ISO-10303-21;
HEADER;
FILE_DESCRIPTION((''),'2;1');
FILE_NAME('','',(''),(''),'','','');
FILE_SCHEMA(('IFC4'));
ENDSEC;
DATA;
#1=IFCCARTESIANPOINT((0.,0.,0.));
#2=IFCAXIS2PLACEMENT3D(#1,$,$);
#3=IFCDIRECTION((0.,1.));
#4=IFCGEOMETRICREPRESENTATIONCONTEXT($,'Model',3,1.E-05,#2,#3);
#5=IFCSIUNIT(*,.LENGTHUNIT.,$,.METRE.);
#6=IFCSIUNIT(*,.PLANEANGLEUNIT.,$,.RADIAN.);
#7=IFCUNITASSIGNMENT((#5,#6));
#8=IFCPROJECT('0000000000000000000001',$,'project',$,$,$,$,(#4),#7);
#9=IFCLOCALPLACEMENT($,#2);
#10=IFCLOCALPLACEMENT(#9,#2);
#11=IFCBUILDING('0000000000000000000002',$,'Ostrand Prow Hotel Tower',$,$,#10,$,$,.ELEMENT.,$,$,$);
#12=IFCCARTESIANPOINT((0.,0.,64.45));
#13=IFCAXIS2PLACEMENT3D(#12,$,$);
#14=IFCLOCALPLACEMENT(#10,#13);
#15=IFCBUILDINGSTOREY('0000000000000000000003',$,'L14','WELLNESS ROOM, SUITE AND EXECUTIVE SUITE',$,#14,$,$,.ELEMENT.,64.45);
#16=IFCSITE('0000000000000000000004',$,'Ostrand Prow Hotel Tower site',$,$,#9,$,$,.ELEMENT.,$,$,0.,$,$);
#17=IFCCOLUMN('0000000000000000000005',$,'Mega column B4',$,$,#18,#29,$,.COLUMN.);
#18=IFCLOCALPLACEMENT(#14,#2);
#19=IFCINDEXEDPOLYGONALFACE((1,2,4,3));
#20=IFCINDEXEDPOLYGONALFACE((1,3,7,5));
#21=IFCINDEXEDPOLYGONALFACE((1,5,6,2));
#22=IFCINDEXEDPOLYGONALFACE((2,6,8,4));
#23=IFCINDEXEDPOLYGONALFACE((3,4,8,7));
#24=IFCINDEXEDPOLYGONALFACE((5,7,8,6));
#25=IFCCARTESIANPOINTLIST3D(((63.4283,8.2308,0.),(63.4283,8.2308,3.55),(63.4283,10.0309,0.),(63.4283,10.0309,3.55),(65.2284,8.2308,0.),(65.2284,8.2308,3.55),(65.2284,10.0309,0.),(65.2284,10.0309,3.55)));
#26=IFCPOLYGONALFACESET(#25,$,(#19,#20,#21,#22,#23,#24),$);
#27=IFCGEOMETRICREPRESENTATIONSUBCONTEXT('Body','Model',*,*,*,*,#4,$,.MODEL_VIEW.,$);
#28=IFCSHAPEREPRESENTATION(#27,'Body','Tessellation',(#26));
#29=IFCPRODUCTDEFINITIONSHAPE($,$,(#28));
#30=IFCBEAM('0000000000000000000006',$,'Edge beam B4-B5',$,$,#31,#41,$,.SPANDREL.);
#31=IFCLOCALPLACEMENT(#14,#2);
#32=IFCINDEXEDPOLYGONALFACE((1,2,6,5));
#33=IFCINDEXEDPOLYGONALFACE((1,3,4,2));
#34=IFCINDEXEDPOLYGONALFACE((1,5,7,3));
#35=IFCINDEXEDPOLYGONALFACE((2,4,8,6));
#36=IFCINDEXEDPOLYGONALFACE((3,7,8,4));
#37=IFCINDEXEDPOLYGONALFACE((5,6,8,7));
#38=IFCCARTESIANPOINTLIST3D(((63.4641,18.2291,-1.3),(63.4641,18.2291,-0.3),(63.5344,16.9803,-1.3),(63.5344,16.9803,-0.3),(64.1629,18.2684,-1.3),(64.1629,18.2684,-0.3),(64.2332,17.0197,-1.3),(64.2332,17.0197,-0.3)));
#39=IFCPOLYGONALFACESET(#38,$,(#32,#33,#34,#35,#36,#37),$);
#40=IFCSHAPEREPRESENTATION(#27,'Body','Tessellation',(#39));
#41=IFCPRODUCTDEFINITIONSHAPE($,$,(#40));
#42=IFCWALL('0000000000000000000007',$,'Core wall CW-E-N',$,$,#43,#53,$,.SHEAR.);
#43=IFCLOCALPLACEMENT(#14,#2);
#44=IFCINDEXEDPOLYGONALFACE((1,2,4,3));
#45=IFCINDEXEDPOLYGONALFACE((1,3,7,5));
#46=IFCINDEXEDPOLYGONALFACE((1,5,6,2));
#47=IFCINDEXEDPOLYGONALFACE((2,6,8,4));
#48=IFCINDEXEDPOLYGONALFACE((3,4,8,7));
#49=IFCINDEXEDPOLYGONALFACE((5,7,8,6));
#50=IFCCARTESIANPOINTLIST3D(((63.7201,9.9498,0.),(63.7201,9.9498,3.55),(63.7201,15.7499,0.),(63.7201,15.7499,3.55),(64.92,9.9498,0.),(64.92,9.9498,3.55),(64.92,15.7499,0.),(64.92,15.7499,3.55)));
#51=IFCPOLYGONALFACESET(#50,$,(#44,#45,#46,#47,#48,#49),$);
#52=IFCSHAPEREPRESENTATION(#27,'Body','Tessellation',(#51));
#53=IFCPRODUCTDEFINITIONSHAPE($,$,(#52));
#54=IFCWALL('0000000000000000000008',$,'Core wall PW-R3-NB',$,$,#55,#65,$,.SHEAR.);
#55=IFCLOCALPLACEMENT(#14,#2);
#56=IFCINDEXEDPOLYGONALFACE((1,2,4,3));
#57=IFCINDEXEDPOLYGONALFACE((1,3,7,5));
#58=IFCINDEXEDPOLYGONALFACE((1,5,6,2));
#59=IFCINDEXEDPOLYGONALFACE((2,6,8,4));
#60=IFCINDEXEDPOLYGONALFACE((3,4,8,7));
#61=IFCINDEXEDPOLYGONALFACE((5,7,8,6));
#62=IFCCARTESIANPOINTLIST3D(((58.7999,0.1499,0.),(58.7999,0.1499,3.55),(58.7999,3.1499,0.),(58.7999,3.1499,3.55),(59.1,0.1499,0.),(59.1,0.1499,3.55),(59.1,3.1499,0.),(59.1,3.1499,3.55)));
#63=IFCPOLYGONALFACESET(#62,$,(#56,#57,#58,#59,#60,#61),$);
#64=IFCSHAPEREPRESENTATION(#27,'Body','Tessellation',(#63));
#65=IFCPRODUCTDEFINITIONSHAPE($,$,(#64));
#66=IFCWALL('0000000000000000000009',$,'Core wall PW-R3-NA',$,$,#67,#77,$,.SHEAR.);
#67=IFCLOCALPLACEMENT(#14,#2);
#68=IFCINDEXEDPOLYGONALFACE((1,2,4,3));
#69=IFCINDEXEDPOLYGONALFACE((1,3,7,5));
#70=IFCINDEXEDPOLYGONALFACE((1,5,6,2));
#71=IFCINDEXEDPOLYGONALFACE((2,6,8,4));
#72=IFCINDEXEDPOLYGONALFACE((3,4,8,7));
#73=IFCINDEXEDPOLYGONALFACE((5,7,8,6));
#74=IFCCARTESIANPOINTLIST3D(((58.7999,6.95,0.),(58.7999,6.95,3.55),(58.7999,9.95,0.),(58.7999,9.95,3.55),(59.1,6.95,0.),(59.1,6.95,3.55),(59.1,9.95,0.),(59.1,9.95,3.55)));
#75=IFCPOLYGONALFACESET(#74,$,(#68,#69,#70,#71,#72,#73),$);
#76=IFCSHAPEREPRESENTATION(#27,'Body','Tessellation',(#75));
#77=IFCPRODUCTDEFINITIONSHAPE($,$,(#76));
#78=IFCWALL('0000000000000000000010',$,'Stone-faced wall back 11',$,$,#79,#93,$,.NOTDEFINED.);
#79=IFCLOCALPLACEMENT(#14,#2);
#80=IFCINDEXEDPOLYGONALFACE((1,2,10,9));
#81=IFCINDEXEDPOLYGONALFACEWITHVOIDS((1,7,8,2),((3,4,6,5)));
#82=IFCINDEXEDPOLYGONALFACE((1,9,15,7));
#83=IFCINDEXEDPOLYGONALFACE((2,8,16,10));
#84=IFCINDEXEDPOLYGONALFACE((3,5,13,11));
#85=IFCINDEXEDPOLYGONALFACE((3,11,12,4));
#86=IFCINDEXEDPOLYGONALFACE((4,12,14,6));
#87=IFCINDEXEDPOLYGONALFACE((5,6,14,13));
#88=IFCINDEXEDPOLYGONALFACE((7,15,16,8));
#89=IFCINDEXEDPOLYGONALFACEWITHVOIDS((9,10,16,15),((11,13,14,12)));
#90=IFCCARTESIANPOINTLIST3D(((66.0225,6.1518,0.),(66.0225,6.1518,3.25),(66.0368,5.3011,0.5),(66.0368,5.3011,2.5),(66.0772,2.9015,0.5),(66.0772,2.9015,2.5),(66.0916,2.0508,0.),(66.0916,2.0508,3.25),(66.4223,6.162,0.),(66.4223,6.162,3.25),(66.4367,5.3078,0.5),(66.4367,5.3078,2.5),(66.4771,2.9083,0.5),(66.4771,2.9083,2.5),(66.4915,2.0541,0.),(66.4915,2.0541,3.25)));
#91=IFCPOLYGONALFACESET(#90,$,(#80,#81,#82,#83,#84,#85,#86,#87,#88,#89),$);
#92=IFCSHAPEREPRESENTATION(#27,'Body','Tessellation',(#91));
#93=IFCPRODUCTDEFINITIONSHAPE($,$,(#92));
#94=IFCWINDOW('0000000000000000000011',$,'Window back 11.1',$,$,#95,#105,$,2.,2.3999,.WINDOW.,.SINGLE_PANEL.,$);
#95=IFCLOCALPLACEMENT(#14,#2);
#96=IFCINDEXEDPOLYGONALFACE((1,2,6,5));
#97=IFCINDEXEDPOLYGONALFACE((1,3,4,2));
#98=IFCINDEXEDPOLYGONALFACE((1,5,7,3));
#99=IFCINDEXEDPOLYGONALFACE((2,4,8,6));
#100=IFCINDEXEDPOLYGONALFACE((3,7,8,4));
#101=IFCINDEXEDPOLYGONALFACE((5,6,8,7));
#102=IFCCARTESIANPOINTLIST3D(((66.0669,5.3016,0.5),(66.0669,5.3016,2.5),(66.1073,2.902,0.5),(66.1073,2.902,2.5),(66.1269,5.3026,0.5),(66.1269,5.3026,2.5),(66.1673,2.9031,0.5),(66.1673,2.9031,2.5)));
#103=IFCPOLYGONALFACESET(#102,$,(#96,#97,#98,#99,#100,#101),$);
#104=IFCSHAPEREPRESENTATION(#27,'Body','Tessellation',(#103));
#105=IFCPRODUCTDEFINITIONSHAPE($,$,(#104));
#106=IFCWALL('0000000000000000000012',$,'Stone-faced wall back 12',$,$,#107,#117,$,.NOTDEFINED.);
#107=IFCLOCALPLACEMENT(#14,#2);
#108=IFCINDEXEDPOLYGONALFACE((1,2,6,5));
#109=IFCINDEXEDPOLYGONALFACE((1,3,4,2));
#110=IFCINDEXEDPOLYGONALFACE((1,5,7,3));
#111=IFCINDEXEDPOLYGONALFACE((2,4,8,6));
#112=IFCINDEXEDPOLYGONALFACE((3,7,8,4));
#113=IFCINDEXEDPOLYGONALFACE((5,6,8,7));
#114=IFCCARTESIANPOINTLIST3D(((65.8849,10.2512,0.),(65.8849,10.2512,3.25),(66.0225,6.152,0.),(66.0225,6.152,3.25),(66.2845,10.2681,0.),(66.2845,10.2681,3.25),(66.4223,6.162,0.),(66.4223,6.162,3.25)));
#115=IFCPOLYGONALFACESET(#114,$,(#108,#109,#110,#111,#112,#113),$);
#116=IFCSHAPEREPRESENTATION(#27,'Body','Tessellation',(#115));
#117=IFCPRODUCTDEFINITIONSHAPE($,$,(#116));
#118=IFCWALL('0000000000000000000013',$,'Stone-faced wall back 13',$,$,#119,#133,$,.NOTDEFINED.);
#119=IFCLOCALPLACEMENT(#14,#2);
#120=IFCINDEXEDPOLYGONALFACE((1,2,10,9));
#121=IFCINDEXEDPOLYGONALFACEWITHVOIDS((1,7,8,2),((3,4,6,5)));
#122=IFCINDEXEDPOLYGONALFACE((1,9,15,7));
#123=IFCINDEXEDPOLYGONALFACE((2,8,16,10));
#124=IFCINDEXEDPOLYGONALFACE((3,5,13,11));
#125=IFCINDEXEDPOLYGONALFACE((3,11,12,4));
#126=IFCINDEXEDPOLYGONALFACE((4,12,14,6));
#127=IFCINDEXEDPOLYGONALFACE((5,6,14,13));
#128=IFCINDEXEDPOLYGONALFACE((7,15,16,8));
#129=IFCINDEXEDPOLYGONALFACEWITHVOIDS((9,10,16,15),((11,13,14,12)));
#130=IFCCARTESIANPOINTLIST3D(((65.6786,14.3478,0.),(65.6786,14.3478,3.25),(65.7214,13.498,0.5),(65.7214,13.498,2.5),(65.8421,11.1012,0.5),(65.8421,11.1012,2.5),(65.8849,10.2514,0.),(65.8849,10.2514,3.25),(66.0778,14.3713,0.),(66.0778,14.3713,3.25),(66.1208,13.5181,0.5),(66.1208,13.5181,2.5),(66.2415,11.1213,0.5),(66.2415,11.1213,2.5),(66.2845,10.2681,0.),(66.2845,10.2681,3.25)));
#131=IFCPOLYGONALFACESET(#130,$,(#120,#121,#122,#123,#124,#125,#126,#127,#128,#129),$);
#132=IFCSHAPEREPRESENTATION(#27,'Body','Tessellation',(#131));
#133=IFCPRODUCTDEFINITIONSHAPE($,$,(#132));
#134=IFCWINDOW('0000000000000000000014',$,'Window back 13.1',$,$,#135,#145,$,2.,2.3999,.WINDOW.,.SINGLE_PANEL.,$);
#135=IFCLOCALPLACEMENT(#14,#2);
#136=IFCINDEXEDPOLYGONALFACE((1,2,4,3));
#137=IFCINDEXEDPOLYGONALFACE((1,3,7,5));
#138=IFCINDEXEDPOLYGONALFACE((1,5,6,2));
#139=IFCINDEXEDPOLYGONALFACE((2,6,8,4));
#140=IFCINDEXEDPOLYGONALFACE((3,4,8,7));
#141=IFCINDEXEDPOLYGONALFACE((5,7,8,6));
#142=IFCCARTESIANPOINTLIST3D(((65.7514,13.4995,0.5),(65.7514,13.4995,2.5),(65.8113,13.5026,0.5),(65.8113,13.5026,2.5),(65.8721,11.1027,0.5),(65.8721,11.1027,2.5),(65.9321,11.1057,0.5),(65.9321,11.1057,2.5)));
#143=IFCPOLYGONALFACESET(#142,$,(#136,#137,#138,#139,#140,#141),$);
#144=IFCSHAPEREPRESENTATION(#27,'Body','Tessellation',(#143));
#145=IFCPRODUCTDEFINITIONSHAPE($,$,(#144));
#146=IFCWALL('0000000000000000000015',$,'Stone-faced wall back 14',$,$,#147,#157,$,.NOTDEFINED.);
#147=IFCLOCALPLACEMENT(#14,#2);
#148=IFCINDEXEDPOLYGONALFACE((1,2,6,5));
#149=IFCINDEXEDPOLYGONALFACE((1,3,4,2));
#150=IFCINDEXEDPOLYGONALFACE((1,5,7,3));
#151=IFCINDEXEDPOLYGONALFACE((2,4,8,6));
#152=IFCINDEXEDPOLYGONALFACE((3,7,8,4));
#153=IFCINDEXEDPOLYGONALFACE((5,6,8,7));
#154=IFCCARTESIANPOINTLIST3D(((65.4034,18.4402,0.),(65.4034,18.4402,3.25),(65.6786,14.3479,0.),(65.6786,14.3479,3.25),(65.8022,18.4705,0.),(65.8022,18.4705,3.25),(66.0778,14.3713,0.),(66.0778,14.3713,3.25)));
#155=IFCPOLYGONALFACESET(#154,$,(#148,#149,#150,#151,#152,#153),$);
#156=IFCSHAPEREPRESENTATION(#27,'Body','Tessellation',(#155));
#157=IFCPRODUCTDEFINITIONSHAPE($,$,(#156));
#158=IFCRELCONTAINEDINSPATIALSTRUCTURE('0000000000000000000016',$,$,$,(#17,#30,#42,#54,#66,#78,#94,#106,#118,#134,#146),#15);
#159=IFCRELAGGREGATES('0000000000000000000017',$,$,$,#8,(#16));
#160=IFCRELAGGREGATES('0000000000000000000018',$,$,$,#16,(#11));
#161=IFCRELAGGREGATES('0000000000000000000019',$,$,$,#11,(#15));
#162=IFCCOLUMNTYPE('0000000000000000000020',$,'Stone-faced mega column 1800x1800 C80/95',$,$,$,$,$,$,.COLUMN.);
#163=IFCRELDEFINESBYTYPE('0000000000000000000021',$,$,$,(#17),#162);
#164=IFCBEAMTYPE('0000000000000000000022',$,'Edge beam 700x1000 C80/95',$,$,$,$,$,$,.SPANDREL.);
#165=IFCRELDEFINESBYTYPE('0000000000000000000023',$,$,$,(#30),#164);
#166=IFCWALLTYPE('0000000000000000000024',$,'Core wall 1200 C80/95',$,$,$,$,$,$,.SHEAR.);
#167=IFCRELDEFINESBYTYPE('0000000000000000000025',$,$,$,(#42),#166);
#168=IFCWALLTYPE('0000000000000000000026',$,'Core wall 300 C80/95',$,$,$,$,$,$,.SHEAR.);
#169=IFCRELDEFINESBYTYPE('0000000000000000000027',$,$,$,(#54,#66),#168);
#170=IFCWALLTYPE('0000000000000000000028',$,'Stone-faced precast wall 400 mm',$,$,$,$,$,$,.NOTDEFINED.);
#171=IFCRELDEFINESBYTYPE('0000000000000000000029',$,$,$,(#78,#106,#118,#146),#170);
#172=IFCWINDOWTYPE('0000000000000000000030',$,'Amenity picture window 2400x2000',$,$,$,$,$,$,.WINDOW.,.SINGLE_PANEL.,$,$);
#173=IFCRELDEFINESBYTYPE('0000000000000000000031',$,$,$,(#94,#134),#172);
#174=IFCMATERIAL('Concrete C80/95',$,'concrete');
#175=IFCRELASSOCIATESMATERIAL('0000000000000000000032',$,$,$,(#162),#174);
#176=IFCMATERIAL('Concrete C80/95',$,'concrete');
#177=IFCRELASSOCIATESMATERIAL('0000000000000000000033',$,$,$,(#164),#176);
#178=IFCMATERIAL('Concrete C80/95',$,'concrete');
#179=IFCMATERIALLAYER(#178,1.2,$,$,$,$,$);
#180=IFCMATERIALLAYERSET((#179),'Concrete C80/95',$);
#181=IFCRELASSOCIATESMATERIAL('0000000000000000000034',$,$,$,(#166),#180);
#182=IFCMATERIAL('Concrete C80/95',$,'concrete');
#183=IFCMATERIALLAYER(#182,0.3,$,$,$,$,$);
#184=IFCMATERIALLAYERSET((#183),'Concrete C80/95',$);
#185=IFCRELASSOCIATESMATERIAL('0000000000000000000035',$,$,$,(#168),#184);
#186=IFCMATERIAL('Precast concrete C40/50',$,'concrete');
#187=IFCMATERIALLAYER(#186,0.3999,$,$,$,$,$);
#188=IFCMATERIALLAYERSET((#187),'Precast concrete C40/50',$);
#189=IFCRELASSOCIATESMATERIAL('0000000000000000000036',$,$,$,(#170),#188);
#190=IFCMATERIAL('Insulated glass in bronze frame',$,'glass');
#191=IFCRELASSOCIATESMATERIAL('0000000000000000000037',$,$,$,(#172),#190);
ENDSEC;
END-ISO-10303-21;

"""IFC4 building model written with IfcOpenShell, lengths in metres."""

from ifc_helpers import new_model, si_unit, direction, frame, frame_2d, origin, origin_2d, place, context, subcontext, project, spatial, polyline, rectangle, outline, extrude, material, layer, layer_set, material_profile, profile_set, type_object, element, fill, save


model = new_model("IFC4")

# Units and contexts
model_context = context("Model", 3, precision=1e-05, world=origin(), true_north=direction((0.0, 1.0)))
body_context = subcontext(model_context, "Body", "Model", "MODEL_VIEW")
ifc_project = project(units=[si_unit("LENGTHUNIT", "METRE"), si_unit("PLANEANGLEUNIT", "RADIAN")], contexts=[model_context])

# Site, building, storey
site_placement = place(None, origin())
site = spatial("IfcSite", under=ifc_project, at=site_placement, Name="Ostrand Prow Hotel Tower site", CompositionType="ELEMENT", RefElevation=0.0)
building_placement = place(site_placement, origin())
building = spatial("IfcBuilding", under=site, at=building_placement, Name="Ostrand Prow Hotel Tower", CompositionType="ELEMENT")
storey_placement = place(building_placement, frame((0.0, 0.0, 64.45)))
storey = spatial("IfcBuildingStorey", under=building, at=storey_placement, Name="L14", Description="WELLNESS ROOM, SUITE AND EXECUTIVE SUITE", CompositionType="ELEMENT", Elevation=64.45)

# Column
ifc_material_1 = material(Name="Concrete C80/95", Category="concrete")
ifc_material_profile_1 = material_profile(ifc_material_1, rectangle(XDim=1.8, YDim=1.8, at=origin_2d()), Name="RC 1800x1800")
ifc_profile_set_1 = profile_set([ifc_material_profile_1], Name="Concrete C80/95")
column_type = type_object("IfcColumnType", Name="Stone-faced mega column 1800x1800 C80/95", PredefinedType="COLUMN", material=ifc_profile_set_1)
column_placement = place(storey_placement, frame((64.3284, 9.1309, 0.0), z_axis=(0.0, 0.0, 1.0), x_axis=(1.0, 0.0, 0.0)))
element("IfcColumn", 1, at=column_placement, inside=storey, type_object=column_type, Name="Mega column B4", PredefinedType="COLUMN", context=body_context, shape_type="SweptSolid", body=[
    extrude(rectangle(XDim=1.8, YDim=1.8, at=origin_2d()), origin(), (0.0, 0.0, 1.0), 3.55),
])

# Beam
ifc_material_2 = material(Name="Concrete C80/95", Category="concrete")
ifc_material_profile_2 = material_profile(ifc_material_2, rectangle(XDim=0.7, YDim=1.0, at=origin_2d()), Name="RC 700x1000")
ifc_profile_set_2 = profile_set([ifc_material_profile_2], Name="Concrete C80/95")
beam_type = type_object("IfcBeamType", Name="Edge beam 700x1000 C80/95", PredefinedType="SPANDREL", material=ifc_profile_set_2)
beam_placement = place(storey_placement, frame((63.8838, 17.0, -0.8), z_axis=(-0.056216, 0.998419, 0.0), x_axis=(-0.998419, -0.056216, 0.0)))
element("IfcBeam", 2, at=beam_placement, inside=storey, type_object=beam_type, Name="Edge beam B4-B5", PredefinedType="SPANDREL", context=body_context, shape_type="SweptSolid", body=[
    extrude(rectangle(XDim=0.7, YDim=1.0, at=origin_2d()), origin(), (0.0, 0.0, 1.0), 1.2507),
])

# Walls
ifc_material_3 = material(Name="Concrete C80/95", Category="concrete")
ifc_layer_1 = layer(ifc_material_3, 1.2)
ifc_layer_set_1 = layer_set([ifc_layer_1], Name="Concrete C80/95")
wall_type_1 = type_object("IfcWallType", Name="Core wall 1200 C80/95", PredefinedType="SHEAR", material=ifc_layer_set_1)
wall_1_placement = place(storey_placement, frame((64.3201, 9.95, 0.0), z_axis=(0.0, 0.0, 1.0), x_axis=(0.0, 1.0, 0.0)))
element("IfcWall", 3, at=wall_1_placement, inside=storey, type_object=wall_type_1, Name="Core wall CW-E-N", PredefinedType="SHEAR", context=body_context, shape_type="SweptSolid", body=[
    extrude(rectangle(XDim=5.8, YDim=1.2, at=frame_2d((2.8999, 0.0))), origin(), (0.0, 0.0, 1.0), 3.55),
])
ifc_material_4 = material(Name="Concrete C80/95", Category="concrete")
ifc_layer_2 = layer(ifc_material_4, 0.3)
ifc_layer_set_2 = layer_set([ifc_layer_2], Name="Concrete C80/95")
wall_type_2 = type_object("IfcWallType", Name="Core wall 300 C80/95", PredefinedType="SHEAR", material=ifc_layer_set_2)
for number, where, z_axis, x_axis, name in (
    (4, (58.95, 0.1499, 0.0), (0.0, 0.0, 1.0), (0.0, 1.0, 0.0), "Core wall PW-R3-NB"),
    (5, (58.95, 6.95, 0.0), (0.0, 0.0, 1.0), (0.0, 1.0, 0.0), "Core wall PW-R3-NA"),
):
    element("IfcWall", number, at=place(storey_placement, frame(where, z_axis=z_axis, x_axis=x_axis)), inside=storey, type_object=wall_type_2, Name=name, PredefinedType="SHEAR", context=body_context, shape_type="SweptSolid", body=[
        extrude(rectangle(XDim=3.0, YDim=0.3, at=frame_2d((1.5, 0.0))), origin(), (0.0, 0.0, 1.0), 3.55),
    ])

# Wall, opening, window
ifc_material_5 = material(Name="Precast concrete C40/50", Category="concrete")
ifc_layer_3 = layer(ifc_material_5, 0.3999)
ifc_layer_set_3 = layer_set([ifc_layer_3], Name="Precast concrete C40/50")
wall_type_3 = type_object("IfcWallType", Name="Stone-faced precast wall 400 mm", PredefinedType="NOTDEFINED", material=ifc_layer_set_3)
wall_2_placement = place(storey_placement, frame((66.2915, 2.0525, 0.0), z_axis=(0.0, 0.0, 1.0), x_axis=(-0.016831, 0.999858, 0.0)))
wall_2 = element("IfcWall", 6, at=wall_2_placement, inside=storey, type_object=wall_type_3, Name="Stone-faced wall back 11", PredefinedType="NOTDEFINED", context=body_context, shape_type="SweptSolid", body=[
    extrude(outline(polyline([(-0.0017, -0.2), (4.1067, -0.2), (4.1033, 0.2), (0.0017, 0.2), (-0.0017, -0.2)])), origin(), (0.0, 0.0, 1.0), 3.25),
])
opening_1_placement = place(wall_2_placement, frame((0.8525, 0.0, 0.5)))
opening_1 = element("IfcOpeningElement", 7, at=opening_1_placement, cuts=wall_2, PredefinedType="OPENING", context=body_context, shape_type="SweptSolid", body=[
    extrude(rectangle(XDim=2.3999, YDim=2.0, at=frame_2d((1.2, 1.0))), frame((0.0, 0.21, 0.0), z_axis=(0.0, -1.0, 0.0), x_axis=(1.0, 0.0, 0.0)), (0.0, 0.0, 1.0), 0.4199),
])
ifc_material_6 = material(Name="Insulated glass in bronze frame", Category="glass")
window_type = type_object("IfcWindowType", Name="Amenity picture window 2400x2000", PartitioningType="SINGLE_PANEL", PredefinedType="WINDOW", material=ifc_material_6)
window_1_placement = place(opening_1_placement, origin())
window_1 = element("IfcWindow", 8, at=window_1_placement, inside=storey, type_object=window_type, Name="Window back 11.1", OverallHeight=2.0, OverallWidth=2.3999, PartitioningType="SINGLE_PANEL", PredefinedType="WINDOW", context=body_context, shape_type="SweptSolid", body=[
    extrude(rectangle(XDim=2.3999, YDim=2.0, at=frame_2d((1.2, 1.0))), frame((0.0, 0.1699, 0.0), z_axis=(0.0, -1.0, 0.0), x_axis=(1.0, 0.0, 0.0)), (0.0, 0.0, 1.0), 0.0601),
])
fill(opening_1, window_1)

# Wall
wall_3_placement = place(storey_placement, frame((66.2224, 6.157, 0.0), z_axis=(0.0, 0.0, 1.0), x_axis=(-0.033543, 0.999437, 0.0)))
element("IfcWall", 9, at=wall_3_placement, inside=storey, type_object=wall_type_3, Name="Stone-faced wall back 12", PredefinedType="NOTDEFINED", context=body_context, shape_type="SweptSolid", body=[
    extrude(outline(polyline([(-0.0017, -0.2), (4.1067, -0.2), (4.1033, 0.2), (0.0017, 0.2), (-0.0017, -0.2)])), origin(), (0.0, 0.0, 1.0), 3.25),
])

# Wall, opening, window
wall_4_placement = place(storey_placement, frame((66.0847, 10.2598, 0.0), z_axis=(0.0, 0.0, 1.0), x_axis=(-0.050314, 0.998733, 0.0)))
wall_4 = element("IfcWall", 10, at=wall_4_placement, inside=storey, type_object=wall_type_3, Name="Stone-faced wall back 13", PredefinedType="NOTDEFINED", context=body_context, shape_type="SweptSolid", body=[
    extrude(outline(polyline([(-0.0017, -0.2), (4.1067, -0.2), (4.1033, 0.2), (0.0017, 0.2), (-0.0017, -0.2)])), origin(), (0.0, 0.0, 1.0), 3.25),
])
opening_2_placement = place(wall_4_placement, frame((0.8525, 0.0, 0.5)))
opening_2 = element("IfcOpeningElement", 11, at=opening_2_placement, cuts=wall_4, PredefinedType="OPENING", context=body_context, shape_type="SweptSolid", body=[
    extrude(rectangle(XDim=2.3999, YDim=2.0, at=frame_2d((1.2, 1.0))), frame((0.0, 0.21, 0.0), z_axis=(0.0, -1.0, 0.0), x_axis=(1.0, 0.0, 0.0)), (0.0, 0.0, 1.0), 0.4199),
])
window_2_placement = place(opening_2_placement, origin())
window_2 = element("IfcWindow", 12, at=window_2_placement, inside=storey, type_object=window_type, Name="Window back 13.1", OverallHeight=2.0, OverallWidth=2.3999, PartitioningType="SINGLE_PANEL", PredefinedType="WINDOW", context=body_context, shape_type="SweptSolid", body=[
    extrude(rectangle(XDim=2.3999, YDim=2.0, at=frame_2d((1.2, 1.0))), frame((0.0, 0.1699, 0.0), z_axis=(0.0, -1.0, 0.0), x_axis=(1.0, 0.0, 0.0)), (0.0, 0.0, 1.0), 0.0601),
])
fill(opening_2, window_2)

# Wall
wall_5_placement = place(storey_placement, frame((65.8782, 14.3596, 0.0), z_axis=(0.0, 0.0, 1.0), x_axis=(-0.067087, 0.997747, 0.0)))
element("IfcWall", 13, at=wall_5_placement, inside=storey, type_object=wall_type_3, Name="Stone-faced wall back 14", PredefinedType="NOTDEFINED", context=body_context, shape_type="SweptSolid", body=[
    extrude(outline(polyline([(-0.0017, -0.2), (4.1067, -0.2), (4.1033, 0.2), (0.0017, 0.2), (-0.0017, -0.2)])), origin(), (0.0, 0.0, 1.0), 3.25),
])

save(model, "model.ifc")
